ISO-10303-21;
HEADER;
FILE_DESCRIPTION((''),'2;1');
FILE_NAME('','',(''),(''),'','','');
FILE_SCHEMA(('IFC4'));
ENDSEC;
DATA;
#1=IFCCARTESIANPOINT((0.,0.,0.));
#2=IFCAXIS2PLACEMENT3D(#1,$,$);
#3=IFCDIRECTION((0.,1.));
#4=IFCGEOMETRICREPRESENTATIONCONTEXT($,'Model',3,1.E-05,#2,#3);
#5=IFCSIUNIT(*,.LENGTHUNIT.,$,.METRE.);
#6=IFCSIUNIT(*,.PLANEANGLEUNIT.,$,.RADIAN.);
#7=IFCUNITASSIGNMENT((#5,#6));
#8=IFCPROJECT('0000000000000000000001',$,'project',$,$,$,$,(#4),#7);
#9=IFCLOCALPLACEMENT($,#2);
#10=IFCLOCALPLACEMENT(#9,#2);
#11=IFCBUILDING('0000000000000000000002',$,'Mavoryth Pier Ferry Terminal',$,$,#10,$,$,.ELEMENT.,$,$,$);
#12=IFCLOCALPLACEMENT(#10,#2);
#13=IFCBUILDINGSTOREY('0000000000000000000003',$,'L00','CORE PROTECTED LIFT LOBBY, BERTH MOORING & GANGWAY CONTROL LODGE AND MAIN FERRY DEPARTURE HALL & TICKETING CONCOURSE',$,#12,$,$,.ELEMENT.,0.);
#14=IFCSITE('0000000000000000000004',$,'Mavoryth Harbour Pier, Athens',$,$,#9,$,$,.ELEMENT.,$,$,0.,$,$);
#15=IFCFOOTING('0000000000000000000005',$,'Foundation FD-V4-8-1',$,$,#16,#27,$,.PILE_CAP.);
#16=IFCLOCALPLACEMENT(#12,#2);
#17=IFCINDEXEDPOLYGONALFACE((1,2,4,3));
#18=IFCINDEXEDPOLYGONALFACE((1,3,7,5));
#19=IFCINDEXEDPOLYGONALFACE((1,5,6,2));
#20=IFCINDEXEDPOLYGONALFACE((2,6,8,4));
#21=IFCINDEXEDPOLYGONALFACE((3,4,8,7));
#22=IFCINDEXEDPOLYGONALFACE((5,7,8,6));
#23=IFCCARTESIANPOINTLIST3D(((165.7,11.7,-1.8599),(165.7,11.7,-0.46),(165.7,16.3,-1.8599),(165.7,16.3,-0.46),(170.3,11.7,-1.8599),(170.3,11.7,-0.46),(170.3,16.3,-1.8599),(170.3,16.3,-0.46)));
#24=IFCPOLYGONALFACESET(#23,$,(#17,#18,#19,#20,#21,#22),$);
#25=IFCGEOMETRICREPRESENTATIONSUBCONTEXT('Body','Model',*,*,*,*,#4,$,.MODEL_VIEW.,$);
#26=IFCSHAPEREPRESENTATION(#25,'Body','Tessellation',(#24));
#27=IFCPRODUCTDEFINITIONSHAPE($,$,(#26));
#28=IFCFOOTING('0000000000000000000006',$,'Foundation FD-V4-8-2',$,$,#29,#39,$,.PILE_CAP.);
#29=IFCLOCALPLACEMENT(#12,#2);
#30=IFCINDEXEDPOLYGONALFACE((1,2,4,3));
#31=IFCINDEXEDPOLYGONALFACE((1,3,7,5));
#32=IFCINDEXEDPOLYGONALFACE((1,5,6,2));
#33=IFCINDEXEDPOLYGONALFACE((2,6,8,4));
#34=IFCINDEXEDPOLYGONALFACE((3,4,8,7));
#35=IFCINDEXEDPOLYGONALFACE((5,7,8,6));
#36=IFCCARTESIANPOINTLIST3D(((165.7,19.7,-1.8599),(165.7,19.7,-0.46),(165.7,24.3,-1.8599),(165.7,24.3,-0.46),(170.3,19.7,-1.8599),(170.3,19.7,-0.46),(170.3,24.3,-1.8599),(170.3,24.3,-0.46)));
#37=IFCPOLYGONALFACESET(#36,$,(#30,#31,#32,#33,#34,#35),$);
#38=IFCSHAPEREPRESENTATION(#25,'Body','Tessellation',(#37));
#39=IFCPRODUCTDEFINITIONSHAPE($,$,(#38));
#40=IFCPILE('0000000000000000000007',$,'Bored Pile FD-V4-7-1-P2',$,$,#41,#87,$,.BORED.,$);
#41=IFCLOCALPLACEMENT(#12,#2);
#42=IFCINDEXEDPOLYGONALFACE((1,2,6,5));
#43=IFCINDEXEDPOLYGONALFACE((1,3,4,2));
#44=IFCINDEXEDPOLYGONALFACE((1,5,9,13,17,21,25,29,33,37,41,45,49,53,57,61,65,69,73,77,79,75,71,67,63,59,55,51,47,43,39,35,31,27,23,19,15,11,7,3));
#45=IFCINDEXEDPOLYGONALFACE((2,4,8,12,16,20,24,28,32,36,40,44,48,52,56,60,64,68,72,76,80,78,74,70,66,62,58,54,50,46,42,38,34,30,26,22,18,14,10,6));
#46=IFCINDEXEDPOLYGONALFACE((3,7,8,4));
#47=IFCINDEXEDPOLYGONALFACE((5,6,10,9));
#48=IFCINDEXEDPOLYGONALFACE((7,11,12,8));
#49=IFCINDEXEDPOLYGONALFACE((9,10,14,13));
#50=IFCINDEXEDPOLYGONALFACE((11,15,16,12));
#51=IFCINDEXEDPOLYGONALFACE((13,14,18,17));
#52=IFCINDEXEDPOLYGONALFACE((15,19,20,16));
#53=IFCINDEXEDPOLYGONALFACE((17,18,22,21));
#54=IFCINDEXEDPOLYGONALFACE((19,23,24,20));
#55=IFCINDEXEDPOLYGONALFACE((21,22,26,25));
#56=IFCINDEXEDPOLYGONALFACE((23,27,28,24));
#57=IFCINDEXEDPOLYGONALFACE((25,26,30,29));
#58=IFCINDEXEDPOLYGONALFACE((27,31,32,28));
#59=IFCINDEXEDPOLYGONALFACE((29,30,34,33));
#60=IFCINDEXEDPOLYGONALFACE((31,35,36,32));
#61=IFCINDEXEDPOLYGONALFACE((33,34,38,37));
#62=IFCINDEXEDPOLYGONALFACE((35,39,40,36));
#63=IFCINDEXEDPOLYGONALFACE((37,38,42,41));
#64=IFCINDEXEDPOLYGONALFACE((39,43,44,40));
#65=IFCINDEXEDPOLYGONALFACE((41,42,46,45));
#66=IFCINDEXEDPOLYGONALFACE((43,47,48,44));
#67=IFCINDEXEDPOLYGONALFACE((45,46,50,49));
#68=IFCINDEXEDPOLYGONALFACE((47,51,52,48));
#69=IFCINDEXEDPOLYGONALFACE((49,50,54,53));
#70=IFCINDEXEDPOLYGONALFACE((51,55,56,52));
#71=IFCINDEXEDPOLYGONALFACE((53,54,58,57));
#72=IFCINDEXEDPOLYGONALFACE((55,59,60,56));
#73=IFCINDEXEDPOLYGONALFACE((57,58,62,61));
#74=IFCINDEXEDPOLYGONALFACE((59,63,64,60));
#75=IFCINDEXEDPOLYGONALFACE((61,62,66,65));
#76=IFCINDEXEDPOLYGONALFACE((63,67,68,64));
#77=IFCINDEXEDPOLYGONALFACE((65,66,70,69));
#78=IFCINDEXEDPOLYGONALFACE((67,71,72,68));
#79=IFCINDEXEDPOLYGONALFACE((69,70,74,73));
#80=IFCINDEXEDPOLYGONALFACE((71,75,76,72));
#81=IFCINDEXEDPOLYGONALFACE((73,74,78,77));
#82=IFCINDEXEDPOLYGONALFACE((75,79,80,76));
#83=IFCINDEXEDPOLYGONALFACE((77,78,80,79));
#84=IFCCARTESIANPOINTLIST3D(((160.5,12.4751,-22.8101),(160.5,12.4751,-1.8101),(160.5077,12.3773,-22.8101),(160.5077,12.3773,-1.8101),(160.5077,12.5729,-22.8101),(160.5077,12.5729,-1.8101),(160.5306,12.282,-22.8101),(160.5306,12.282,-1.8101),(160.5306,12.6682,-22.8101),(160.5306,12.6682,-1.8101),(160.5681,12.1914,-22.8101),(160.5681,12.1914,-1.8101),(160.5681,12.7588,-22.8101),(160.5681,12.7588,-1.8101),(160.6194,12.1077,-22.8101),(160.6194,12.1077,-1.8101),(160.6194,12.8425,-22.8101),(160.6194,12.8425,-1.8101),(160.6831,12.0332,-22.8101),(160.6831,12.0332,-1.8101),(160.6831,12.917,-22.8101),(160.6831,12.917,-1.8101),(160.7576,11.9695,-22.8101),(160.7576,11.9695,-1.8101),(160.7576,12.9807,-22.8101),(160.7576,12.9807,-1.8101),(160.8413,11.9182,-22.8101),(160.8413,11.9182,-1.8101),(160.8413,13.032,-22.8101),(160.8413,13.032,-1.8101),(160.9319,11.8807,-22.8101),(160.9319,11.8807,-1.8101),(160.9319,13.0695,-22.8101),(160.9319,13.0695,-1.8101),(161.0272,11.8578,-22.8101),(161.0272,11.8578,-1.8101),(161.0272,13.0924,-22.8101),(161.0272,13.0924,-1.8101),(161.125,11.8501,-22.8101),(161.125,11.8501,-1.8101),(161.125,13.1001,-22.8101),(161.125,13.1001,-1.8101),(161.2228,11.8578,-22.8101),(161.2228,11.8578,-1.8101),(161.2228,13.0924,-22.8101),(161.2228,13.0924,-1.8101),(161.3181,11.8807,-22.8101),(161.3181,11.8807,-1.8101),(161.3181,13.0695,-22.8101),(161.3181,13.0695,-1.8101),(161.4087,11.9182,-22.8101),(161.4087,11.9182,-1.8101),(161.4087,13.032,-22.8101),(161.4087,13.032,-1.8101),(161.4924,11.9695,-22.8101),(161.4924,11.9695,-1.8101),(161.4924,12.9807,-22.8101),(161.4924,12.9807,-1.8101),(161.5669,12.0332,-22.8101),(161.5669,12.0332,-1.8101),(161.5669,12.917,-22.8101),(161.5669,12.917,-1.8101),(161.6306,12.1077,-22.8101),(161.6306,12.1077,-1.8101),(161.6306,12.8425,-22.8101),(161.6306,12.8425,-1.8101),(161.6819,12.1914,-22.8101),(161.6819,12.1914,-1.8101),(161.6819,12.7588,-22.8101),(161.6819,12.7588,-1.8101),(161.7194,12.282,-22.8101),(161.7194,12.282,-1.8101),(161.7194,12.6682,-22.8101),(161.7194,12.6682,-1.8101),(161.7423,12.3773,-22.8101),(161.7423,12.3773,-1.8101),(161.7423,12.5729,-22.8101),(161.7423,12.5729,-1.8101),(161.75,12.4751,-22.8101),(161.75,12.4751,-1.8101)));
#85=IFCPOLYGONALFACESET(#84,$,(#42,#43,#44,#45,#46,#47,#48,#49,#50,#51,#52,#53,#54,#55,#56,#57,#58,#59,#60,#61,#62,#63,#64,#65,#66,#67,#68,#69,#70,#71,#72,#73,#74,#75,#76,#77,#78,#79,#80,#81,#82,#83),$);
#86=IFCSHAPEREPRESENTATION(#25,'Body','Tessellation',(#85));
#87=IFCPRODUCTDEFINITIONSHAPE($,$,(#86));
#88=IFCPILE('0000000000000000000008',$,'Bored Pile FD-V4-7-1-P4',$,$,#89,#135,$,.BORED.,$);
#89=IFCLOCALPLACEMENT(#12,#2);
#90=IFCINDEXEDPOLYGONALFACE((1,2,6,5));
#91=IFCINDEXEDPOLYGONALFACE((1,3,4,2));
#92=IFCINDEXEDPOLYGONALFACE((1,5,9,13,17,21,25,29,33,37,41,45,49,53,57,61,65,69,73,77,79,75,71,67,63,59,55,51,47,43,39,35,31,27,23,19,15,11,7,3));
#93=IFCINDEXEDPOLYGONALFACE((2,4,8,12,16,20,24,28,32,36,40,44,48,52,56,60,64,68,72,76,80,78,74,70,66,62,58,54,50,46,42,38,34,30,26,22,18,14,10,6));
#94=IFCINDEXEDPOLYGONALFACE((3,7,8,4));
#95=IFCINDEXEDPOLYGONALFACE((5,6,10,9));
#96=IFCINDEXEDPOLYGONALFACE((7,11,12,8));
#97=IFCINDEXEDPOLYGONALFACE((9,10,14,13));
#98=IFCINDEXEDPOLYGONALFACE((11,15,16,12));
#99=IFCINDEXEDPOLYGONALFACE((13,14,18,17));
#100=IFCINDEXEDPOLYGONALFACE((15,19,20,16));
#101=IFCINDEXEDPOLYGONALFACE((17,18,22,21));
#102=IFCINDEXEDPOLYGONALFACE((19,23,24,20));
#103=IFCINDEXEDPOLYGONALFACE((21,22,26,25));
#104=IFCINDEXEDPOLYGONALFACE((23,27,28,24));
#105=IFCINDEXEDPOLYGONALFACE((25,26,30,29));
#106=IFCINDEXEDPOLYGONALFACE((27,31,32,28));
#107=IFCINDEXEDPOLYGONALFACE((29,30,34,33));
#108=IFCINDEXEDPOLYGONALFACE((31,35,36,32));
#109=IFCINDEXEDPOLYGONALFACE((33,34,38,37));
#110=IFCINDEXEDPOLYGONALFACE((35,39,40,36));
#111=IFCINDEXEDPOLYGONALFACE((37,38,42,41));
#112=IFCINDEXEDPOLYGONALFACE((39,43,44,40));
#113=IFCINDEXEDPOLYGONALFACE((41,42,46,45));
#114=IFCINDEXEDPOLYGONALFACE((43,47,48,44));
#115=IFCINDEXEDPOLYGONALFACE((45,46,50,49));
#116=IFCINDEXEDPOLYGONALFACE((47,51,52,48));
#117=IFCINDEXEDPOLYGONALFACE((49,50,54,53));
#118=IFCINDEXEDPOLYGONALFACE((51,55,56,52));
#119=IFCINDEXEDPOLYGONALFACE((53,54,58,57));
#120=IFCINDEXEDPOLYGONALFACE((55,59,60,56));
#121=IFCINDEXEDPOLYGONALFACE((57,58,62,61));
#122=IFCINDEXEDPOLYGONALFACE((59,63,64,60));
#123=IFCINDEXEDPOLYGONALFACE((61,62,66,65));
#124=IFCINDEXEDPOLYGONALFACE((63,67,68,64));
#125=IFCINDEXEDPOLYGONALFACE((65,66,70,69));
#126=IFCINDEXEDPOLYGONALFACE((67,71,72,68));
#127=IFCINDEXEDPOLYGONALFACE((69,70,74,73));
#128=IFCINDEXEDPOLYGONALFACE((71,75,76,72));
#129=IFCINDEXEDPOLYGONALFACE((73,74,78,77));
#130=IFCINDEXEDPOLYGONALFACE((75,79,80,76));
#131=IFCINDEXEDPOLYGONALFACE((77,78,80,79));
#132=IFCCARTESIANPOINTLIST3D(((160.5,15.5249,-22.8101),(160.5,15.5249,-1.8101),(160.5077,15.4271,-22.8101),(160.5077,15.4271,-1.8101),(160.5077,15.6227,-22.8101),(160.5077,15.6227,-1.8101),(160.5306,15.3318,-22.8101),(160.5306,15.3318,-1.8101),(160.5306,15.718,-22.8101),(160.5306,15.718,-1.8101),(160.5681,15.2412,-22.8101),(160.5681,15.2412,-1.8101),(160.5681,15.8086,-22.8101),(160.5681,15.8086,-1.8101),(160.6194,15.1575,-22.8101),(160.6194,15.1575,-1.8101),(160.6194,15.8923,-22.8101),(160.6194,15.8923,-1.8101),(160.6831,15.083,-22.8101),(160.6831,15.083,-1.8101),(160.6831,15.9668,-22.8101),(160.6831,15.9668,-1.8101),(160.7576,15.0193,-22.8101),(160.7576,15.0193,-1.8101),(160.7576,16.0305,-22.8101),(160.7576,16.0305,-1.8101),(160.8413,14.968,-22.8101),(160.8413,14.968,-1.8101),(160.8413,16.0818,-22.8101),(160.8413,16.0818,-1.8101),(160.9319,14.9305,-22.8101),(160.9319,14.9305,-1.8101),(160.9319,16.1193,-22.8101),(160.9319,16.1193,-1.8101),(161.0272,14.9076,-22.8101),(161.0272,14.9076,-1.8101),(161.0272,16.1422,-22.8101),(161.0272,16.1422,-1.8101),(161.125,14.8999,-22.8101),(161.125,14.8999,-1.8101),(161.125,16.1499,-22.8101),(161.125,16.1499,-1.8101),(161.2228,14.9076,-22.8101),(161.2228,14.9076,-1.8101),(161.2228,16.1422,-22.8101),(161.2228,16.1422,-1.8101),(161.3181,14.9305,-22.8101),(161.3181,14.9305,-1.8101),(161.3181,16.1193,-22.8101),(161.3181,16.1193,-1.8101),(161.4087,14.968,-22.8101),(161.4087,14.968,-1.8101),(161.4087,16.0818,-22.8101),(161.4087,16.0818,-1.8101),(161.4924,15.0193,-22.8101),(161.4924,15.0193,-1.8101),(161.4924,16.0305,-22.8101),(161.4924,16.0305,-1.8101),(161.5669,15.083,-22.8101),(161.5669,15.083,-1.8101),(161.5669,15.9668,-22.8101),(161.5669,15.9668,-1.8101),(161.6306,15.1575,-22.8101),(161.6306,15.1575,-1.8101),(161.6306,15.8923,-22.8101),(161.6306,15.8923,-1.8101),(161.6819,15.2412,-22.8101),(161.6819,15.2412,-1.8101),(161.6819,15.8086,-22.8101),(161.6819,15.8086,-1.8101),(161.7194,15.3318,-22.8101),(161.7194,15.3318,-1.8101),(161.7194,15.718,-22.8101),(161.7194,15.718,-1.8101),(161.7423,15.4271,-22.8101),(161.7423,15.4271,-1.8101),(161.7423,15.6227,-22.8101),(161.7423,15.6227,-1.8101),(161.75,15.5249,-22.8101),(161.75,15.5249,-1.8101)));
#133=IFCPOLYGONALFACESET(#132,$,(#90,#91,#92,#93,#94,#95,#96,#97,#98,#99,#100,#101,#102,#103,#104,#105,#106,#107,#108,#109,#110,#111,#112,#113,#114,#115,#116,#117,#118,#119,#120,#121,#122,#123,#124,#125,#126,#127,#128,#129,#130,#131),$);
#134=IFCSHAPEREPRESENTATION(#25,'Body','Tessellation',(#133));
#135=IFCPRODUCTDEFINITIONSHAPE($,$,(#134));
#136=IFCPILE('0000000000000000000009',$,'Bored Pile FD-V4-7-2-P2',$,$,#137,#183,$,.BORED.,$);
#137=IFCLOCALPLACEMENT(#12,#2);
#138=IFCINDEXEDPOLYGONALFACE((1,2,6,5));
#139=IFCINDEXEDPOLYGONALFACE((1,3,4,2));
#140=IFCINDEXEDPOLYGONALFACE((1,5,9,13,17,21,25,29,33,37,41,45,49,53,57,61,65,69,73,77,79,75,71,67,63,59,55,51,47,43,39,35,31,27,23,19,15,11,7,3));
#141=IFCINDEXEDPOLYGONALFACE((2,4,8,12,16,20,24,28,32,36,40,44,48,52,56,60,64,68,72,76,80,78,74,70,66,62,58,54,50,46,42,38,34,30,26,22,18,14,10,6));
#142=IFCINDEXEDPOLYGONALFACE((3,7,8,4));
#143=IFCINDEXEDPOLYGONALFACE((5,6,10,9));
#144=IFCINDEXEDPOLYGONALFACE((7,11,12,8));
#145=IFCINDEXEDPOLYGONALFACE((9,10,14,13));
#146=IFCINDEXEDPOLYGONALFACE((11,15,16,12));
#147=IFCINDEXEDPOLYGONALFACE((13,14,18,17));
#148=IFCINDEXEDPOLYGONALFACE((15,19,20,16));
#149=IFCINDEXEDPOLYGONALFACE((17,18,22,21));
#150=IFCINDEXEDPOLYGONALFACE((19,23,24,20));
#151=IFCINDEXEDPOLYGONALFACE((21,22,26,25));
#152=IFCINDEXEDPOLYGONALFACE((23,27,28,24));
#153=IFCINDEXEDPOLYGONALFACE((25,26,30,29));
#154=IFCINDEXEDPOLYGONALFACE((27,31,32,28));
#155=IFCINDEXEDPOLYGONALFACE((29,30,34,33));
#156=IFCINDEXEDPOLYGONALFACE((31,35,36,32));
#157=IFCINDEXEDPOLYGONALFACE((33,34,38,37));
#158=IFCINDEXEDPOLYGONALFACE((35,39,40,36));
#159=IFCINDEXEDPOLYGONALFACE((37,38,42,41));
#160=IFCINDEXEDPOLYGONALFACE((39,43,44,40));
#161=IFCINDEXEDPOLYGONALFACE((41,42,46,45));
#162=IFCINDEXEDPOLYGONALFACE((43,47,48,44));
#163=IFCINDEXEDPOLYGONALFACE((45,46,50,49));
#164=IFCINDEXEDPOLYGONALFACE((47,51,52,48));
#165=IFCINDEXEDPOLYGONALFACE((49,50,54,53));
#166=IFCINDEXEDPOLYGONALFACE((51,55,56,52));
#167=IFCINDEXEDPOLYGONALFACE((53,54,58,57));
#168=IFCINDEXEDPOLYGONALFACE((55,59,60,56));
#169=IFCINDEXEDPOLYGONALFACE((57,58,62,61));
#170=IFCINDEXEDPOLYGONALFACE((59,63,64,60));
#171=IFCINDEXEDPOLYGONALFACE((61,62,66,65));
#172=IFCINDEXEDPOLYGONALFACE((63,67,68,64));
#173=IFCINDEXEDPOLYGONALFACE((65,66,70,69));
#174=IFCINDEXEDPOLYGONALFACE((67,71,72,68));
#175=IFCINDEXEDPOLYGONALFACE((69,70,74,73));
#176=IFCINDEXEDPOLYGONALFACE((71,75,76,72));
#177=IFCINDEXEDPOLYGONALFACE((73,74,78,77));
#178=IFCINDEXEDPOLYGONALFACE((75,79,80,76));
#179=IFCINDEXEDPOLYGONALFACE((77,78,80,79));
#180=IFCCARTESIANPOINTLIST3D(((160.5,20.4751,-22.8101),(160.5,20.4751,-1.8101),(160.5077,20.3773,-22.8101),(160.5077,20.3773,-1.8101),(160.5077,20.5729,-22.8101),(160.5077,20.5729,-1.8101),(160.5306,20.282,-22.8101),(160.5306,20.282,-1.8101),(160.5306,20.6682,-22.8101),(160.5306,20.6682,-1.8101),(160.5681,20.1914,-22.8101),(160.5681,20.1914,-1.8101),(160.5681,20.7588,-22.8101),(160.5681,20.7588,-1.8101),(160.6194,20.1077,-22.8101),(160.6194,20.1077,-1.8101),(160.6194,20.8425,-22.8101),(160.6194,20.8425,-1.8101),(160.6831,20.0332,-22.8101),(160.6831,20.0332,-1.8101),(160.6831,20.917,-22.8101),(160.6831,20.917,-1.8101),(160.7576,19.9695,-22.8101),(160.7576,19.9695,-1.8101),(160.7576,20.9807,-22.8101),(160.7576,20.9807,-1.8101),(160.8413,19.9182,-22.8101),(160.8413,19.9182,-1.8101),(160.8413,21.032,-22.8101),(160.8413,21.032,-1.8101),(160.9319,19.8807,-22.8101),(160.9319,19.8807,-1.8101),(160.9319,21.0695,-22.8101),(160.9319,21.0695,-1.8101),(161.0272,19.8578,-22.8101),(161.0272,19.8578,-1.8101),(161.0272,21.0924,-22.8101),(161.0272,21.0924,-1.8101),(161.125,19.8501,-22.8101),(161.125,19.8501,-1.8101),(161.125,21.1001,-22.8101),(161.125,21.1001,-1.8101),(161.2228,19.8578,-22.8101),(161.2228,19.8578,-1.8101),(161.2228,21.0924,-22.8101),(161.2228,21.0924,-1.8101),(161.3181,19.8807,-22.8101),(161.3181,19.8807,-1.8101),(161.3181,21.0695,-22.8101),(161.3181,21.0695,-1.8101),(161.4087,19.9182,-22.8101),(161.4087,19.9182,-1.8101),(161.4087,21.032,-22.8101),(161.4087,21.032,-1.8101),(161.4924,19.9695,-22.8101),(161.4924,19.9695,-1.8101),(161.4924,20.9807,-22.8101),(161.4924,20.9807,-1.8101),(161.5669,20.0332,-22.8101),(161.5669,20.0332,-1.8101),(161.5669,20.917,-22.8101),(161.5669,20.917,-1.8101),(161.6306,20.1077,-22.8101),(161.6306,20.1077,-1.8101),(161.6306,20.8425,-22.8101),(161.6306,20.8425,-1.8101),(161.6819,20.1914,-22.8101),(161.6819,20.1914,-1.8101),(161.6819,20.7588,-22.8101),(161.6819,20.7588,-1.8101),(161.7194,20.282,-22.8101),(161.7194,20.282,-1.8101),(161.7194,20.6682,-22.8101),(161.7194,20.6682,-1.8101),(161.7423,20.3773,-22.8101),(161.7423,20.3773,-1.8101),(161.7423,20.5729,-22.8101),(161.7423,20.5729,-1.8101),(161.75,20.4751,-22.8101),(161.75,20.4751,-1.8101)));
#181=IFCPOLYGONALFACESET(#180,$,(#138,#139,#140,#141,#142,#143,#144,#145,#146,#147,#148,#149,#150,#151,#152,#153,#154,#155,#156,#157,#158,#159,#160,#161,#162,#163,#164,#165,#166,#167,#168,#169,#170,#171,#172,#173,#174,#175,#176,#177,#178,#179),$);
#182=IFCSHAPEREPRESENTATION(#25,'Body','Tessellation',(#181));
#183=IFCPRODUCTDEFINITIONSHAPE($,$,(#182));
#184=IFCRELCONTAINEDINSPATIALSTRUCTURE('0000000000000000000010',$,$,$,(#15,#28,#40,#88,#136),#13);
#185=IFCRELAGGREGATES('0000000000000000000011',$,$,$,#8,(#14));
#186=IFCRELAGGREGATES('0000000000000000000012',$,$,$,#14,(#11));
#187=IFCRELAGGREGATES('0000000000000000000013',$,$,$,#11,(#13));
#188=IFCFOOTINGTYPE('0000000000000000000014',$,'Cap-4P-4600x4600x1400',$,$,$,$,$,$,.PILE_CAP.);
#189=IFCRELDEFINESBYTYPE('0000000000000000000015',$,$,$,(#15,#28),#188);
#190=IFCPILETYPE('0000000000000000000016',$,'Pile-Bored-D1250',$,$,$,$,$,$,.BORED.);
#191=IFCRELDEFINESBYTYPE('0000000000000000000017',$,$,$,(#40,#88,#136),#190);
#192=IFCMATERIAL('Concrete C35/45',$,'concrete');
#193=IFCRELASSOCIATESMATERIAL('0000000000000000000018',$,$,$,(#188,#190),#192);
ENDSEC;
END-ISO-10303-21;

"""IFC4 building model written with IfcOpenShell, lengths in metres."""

from ifc_helpers import new_model, si_unit, direction, frame, origin, origin_2d, place, context, subcontext, project, spatial, rectangle, circle, extrude, material, material_profile, profile_set, type_object, element, save


model = new_model("IFC4")

# Units and contexts
model_context = context("Model", 3, precision=1e-05, world=origin(), true_north=direction((0.0, 1.0)))
body_context = subcontext(model_context, "Body", "Model", "MODEL_VIEW")
ifc_project = project(units=[si_unit("LENGTHUNIT", "METRE"), si_unit("PLANEANGLEUNIT", "RADIAN")], contexts=[model_context])

# Site, building, storey
site_placement = place(None, origin())
site = spatial("IfcSite", under=ifc_project, at=site_placement, Name="Mavoryth Harbour Pier, Athens", CompositionType="ELEMENT", RefElevation=0.0)
building_placement = place(site_placement, origin())
building = spatial("IfcBuilding", under=site, at=building_placement, Name="Mavoryth Pier Ferry Terminal", CompositionType="ELEMENT")
storey_placement = place(building_placement, origin())
storey = spatial("IfcBuildingStorey", under=building, at=storey_placement, Name="L00", Description="CORE PROTECTED LIFT LOBBY, BERTH MOORING & GANGWAY CONTROL LODGE AND MAIN FERRY DEPARTURE HALL & TICKETING CONCOURSE", CompositionType="ELEMENT", Elevation=0.0)

# Footings
ifc_material_1 = material(Name="Concrete C35/45", Category="concrete")
footing_type_1 = type_object("IfcFootingType", Name="Cap-4P-4600x4600x1400", PredefinedType="PILE_CAP", material=ifc_material_1)
for number, where, z_axis, x_axis, name in (
    (1, (168.0, 14.0, -1.8599), (0.0, 0.0, 1.0), (1.0, 0.0, 0.0), "Foundation FD-V4-8-1"),
    (2, (168.0, 22.0, -1.8599), (0.0, 0.0, 1.0), (1.0, 0.0, 0.0), "Foundation FD-V4-8-2"),
):
    element("IfcFooting", number, at=place(storey_placement, frame(where, z_axis=z_axis, x_axis=x_axis)), inside=storey, type_object=footing_type_1, Name=name, PredefinedType="PILE_CAP", context=body_context, shape_type="SweptSolid", body=[
        extrude(rectangle(XDim=4.6001, YDim=4.6001, at=origin_2d()), origin(), (0.0, 0.0, 1.0), 1.3999),
    ])

# Piles
ifc_material_profile_1 = material_profile(ifc_material_1, circle(Radius=0.625, at=origin_2d()), Name="PILE D1250", Category="concrete")
ifc_profile_set_1 = profile_set([ifc_material_profile_1], Name="Concrete C35/45 - PILE D1250")
pile_type = type_object("IfcPileType", Name="Pile-Bored-D1250", PredefinedType="BORED", material=ifc_profile_set_1)
for number, where, z_axis, x_axis, name in (
    (3, (161.125, 12.4751, -1.8101), (0.0, 0.0, -1.0), (1.0, 0.0, 0.0), "Bored Pile FD-V4-7-1-P2"),
    (4, (161.125, 15.5249, -1.8101), (0.0, 0.0, -1.0), (1.0, 0.0, 0.0), "Bored Pile FD-V4-7-1-P4"),
    (5, (161.125, 20.4751, -1.8101), (0.0, 0.0, -1.0), (1.0, 0.0, 0.0), "Bored Pile FD-V4-7-2-P2"),
):
    element("IfcPile", number, at=place(storey_placement, frame(where, z_axis=z_axis, x_axis=x_axis)), inside=storey, type_object=pile_type, Name=name, PredefinedType="BORED", context=body_context, shape_type="SweptSolid", body=[
        extrude(circle(Radius=0.625, at=origin_2d()), origin(), (0.0, 0.0, 1.0), 21.0),
    ])

save(model, "model.ifc")
